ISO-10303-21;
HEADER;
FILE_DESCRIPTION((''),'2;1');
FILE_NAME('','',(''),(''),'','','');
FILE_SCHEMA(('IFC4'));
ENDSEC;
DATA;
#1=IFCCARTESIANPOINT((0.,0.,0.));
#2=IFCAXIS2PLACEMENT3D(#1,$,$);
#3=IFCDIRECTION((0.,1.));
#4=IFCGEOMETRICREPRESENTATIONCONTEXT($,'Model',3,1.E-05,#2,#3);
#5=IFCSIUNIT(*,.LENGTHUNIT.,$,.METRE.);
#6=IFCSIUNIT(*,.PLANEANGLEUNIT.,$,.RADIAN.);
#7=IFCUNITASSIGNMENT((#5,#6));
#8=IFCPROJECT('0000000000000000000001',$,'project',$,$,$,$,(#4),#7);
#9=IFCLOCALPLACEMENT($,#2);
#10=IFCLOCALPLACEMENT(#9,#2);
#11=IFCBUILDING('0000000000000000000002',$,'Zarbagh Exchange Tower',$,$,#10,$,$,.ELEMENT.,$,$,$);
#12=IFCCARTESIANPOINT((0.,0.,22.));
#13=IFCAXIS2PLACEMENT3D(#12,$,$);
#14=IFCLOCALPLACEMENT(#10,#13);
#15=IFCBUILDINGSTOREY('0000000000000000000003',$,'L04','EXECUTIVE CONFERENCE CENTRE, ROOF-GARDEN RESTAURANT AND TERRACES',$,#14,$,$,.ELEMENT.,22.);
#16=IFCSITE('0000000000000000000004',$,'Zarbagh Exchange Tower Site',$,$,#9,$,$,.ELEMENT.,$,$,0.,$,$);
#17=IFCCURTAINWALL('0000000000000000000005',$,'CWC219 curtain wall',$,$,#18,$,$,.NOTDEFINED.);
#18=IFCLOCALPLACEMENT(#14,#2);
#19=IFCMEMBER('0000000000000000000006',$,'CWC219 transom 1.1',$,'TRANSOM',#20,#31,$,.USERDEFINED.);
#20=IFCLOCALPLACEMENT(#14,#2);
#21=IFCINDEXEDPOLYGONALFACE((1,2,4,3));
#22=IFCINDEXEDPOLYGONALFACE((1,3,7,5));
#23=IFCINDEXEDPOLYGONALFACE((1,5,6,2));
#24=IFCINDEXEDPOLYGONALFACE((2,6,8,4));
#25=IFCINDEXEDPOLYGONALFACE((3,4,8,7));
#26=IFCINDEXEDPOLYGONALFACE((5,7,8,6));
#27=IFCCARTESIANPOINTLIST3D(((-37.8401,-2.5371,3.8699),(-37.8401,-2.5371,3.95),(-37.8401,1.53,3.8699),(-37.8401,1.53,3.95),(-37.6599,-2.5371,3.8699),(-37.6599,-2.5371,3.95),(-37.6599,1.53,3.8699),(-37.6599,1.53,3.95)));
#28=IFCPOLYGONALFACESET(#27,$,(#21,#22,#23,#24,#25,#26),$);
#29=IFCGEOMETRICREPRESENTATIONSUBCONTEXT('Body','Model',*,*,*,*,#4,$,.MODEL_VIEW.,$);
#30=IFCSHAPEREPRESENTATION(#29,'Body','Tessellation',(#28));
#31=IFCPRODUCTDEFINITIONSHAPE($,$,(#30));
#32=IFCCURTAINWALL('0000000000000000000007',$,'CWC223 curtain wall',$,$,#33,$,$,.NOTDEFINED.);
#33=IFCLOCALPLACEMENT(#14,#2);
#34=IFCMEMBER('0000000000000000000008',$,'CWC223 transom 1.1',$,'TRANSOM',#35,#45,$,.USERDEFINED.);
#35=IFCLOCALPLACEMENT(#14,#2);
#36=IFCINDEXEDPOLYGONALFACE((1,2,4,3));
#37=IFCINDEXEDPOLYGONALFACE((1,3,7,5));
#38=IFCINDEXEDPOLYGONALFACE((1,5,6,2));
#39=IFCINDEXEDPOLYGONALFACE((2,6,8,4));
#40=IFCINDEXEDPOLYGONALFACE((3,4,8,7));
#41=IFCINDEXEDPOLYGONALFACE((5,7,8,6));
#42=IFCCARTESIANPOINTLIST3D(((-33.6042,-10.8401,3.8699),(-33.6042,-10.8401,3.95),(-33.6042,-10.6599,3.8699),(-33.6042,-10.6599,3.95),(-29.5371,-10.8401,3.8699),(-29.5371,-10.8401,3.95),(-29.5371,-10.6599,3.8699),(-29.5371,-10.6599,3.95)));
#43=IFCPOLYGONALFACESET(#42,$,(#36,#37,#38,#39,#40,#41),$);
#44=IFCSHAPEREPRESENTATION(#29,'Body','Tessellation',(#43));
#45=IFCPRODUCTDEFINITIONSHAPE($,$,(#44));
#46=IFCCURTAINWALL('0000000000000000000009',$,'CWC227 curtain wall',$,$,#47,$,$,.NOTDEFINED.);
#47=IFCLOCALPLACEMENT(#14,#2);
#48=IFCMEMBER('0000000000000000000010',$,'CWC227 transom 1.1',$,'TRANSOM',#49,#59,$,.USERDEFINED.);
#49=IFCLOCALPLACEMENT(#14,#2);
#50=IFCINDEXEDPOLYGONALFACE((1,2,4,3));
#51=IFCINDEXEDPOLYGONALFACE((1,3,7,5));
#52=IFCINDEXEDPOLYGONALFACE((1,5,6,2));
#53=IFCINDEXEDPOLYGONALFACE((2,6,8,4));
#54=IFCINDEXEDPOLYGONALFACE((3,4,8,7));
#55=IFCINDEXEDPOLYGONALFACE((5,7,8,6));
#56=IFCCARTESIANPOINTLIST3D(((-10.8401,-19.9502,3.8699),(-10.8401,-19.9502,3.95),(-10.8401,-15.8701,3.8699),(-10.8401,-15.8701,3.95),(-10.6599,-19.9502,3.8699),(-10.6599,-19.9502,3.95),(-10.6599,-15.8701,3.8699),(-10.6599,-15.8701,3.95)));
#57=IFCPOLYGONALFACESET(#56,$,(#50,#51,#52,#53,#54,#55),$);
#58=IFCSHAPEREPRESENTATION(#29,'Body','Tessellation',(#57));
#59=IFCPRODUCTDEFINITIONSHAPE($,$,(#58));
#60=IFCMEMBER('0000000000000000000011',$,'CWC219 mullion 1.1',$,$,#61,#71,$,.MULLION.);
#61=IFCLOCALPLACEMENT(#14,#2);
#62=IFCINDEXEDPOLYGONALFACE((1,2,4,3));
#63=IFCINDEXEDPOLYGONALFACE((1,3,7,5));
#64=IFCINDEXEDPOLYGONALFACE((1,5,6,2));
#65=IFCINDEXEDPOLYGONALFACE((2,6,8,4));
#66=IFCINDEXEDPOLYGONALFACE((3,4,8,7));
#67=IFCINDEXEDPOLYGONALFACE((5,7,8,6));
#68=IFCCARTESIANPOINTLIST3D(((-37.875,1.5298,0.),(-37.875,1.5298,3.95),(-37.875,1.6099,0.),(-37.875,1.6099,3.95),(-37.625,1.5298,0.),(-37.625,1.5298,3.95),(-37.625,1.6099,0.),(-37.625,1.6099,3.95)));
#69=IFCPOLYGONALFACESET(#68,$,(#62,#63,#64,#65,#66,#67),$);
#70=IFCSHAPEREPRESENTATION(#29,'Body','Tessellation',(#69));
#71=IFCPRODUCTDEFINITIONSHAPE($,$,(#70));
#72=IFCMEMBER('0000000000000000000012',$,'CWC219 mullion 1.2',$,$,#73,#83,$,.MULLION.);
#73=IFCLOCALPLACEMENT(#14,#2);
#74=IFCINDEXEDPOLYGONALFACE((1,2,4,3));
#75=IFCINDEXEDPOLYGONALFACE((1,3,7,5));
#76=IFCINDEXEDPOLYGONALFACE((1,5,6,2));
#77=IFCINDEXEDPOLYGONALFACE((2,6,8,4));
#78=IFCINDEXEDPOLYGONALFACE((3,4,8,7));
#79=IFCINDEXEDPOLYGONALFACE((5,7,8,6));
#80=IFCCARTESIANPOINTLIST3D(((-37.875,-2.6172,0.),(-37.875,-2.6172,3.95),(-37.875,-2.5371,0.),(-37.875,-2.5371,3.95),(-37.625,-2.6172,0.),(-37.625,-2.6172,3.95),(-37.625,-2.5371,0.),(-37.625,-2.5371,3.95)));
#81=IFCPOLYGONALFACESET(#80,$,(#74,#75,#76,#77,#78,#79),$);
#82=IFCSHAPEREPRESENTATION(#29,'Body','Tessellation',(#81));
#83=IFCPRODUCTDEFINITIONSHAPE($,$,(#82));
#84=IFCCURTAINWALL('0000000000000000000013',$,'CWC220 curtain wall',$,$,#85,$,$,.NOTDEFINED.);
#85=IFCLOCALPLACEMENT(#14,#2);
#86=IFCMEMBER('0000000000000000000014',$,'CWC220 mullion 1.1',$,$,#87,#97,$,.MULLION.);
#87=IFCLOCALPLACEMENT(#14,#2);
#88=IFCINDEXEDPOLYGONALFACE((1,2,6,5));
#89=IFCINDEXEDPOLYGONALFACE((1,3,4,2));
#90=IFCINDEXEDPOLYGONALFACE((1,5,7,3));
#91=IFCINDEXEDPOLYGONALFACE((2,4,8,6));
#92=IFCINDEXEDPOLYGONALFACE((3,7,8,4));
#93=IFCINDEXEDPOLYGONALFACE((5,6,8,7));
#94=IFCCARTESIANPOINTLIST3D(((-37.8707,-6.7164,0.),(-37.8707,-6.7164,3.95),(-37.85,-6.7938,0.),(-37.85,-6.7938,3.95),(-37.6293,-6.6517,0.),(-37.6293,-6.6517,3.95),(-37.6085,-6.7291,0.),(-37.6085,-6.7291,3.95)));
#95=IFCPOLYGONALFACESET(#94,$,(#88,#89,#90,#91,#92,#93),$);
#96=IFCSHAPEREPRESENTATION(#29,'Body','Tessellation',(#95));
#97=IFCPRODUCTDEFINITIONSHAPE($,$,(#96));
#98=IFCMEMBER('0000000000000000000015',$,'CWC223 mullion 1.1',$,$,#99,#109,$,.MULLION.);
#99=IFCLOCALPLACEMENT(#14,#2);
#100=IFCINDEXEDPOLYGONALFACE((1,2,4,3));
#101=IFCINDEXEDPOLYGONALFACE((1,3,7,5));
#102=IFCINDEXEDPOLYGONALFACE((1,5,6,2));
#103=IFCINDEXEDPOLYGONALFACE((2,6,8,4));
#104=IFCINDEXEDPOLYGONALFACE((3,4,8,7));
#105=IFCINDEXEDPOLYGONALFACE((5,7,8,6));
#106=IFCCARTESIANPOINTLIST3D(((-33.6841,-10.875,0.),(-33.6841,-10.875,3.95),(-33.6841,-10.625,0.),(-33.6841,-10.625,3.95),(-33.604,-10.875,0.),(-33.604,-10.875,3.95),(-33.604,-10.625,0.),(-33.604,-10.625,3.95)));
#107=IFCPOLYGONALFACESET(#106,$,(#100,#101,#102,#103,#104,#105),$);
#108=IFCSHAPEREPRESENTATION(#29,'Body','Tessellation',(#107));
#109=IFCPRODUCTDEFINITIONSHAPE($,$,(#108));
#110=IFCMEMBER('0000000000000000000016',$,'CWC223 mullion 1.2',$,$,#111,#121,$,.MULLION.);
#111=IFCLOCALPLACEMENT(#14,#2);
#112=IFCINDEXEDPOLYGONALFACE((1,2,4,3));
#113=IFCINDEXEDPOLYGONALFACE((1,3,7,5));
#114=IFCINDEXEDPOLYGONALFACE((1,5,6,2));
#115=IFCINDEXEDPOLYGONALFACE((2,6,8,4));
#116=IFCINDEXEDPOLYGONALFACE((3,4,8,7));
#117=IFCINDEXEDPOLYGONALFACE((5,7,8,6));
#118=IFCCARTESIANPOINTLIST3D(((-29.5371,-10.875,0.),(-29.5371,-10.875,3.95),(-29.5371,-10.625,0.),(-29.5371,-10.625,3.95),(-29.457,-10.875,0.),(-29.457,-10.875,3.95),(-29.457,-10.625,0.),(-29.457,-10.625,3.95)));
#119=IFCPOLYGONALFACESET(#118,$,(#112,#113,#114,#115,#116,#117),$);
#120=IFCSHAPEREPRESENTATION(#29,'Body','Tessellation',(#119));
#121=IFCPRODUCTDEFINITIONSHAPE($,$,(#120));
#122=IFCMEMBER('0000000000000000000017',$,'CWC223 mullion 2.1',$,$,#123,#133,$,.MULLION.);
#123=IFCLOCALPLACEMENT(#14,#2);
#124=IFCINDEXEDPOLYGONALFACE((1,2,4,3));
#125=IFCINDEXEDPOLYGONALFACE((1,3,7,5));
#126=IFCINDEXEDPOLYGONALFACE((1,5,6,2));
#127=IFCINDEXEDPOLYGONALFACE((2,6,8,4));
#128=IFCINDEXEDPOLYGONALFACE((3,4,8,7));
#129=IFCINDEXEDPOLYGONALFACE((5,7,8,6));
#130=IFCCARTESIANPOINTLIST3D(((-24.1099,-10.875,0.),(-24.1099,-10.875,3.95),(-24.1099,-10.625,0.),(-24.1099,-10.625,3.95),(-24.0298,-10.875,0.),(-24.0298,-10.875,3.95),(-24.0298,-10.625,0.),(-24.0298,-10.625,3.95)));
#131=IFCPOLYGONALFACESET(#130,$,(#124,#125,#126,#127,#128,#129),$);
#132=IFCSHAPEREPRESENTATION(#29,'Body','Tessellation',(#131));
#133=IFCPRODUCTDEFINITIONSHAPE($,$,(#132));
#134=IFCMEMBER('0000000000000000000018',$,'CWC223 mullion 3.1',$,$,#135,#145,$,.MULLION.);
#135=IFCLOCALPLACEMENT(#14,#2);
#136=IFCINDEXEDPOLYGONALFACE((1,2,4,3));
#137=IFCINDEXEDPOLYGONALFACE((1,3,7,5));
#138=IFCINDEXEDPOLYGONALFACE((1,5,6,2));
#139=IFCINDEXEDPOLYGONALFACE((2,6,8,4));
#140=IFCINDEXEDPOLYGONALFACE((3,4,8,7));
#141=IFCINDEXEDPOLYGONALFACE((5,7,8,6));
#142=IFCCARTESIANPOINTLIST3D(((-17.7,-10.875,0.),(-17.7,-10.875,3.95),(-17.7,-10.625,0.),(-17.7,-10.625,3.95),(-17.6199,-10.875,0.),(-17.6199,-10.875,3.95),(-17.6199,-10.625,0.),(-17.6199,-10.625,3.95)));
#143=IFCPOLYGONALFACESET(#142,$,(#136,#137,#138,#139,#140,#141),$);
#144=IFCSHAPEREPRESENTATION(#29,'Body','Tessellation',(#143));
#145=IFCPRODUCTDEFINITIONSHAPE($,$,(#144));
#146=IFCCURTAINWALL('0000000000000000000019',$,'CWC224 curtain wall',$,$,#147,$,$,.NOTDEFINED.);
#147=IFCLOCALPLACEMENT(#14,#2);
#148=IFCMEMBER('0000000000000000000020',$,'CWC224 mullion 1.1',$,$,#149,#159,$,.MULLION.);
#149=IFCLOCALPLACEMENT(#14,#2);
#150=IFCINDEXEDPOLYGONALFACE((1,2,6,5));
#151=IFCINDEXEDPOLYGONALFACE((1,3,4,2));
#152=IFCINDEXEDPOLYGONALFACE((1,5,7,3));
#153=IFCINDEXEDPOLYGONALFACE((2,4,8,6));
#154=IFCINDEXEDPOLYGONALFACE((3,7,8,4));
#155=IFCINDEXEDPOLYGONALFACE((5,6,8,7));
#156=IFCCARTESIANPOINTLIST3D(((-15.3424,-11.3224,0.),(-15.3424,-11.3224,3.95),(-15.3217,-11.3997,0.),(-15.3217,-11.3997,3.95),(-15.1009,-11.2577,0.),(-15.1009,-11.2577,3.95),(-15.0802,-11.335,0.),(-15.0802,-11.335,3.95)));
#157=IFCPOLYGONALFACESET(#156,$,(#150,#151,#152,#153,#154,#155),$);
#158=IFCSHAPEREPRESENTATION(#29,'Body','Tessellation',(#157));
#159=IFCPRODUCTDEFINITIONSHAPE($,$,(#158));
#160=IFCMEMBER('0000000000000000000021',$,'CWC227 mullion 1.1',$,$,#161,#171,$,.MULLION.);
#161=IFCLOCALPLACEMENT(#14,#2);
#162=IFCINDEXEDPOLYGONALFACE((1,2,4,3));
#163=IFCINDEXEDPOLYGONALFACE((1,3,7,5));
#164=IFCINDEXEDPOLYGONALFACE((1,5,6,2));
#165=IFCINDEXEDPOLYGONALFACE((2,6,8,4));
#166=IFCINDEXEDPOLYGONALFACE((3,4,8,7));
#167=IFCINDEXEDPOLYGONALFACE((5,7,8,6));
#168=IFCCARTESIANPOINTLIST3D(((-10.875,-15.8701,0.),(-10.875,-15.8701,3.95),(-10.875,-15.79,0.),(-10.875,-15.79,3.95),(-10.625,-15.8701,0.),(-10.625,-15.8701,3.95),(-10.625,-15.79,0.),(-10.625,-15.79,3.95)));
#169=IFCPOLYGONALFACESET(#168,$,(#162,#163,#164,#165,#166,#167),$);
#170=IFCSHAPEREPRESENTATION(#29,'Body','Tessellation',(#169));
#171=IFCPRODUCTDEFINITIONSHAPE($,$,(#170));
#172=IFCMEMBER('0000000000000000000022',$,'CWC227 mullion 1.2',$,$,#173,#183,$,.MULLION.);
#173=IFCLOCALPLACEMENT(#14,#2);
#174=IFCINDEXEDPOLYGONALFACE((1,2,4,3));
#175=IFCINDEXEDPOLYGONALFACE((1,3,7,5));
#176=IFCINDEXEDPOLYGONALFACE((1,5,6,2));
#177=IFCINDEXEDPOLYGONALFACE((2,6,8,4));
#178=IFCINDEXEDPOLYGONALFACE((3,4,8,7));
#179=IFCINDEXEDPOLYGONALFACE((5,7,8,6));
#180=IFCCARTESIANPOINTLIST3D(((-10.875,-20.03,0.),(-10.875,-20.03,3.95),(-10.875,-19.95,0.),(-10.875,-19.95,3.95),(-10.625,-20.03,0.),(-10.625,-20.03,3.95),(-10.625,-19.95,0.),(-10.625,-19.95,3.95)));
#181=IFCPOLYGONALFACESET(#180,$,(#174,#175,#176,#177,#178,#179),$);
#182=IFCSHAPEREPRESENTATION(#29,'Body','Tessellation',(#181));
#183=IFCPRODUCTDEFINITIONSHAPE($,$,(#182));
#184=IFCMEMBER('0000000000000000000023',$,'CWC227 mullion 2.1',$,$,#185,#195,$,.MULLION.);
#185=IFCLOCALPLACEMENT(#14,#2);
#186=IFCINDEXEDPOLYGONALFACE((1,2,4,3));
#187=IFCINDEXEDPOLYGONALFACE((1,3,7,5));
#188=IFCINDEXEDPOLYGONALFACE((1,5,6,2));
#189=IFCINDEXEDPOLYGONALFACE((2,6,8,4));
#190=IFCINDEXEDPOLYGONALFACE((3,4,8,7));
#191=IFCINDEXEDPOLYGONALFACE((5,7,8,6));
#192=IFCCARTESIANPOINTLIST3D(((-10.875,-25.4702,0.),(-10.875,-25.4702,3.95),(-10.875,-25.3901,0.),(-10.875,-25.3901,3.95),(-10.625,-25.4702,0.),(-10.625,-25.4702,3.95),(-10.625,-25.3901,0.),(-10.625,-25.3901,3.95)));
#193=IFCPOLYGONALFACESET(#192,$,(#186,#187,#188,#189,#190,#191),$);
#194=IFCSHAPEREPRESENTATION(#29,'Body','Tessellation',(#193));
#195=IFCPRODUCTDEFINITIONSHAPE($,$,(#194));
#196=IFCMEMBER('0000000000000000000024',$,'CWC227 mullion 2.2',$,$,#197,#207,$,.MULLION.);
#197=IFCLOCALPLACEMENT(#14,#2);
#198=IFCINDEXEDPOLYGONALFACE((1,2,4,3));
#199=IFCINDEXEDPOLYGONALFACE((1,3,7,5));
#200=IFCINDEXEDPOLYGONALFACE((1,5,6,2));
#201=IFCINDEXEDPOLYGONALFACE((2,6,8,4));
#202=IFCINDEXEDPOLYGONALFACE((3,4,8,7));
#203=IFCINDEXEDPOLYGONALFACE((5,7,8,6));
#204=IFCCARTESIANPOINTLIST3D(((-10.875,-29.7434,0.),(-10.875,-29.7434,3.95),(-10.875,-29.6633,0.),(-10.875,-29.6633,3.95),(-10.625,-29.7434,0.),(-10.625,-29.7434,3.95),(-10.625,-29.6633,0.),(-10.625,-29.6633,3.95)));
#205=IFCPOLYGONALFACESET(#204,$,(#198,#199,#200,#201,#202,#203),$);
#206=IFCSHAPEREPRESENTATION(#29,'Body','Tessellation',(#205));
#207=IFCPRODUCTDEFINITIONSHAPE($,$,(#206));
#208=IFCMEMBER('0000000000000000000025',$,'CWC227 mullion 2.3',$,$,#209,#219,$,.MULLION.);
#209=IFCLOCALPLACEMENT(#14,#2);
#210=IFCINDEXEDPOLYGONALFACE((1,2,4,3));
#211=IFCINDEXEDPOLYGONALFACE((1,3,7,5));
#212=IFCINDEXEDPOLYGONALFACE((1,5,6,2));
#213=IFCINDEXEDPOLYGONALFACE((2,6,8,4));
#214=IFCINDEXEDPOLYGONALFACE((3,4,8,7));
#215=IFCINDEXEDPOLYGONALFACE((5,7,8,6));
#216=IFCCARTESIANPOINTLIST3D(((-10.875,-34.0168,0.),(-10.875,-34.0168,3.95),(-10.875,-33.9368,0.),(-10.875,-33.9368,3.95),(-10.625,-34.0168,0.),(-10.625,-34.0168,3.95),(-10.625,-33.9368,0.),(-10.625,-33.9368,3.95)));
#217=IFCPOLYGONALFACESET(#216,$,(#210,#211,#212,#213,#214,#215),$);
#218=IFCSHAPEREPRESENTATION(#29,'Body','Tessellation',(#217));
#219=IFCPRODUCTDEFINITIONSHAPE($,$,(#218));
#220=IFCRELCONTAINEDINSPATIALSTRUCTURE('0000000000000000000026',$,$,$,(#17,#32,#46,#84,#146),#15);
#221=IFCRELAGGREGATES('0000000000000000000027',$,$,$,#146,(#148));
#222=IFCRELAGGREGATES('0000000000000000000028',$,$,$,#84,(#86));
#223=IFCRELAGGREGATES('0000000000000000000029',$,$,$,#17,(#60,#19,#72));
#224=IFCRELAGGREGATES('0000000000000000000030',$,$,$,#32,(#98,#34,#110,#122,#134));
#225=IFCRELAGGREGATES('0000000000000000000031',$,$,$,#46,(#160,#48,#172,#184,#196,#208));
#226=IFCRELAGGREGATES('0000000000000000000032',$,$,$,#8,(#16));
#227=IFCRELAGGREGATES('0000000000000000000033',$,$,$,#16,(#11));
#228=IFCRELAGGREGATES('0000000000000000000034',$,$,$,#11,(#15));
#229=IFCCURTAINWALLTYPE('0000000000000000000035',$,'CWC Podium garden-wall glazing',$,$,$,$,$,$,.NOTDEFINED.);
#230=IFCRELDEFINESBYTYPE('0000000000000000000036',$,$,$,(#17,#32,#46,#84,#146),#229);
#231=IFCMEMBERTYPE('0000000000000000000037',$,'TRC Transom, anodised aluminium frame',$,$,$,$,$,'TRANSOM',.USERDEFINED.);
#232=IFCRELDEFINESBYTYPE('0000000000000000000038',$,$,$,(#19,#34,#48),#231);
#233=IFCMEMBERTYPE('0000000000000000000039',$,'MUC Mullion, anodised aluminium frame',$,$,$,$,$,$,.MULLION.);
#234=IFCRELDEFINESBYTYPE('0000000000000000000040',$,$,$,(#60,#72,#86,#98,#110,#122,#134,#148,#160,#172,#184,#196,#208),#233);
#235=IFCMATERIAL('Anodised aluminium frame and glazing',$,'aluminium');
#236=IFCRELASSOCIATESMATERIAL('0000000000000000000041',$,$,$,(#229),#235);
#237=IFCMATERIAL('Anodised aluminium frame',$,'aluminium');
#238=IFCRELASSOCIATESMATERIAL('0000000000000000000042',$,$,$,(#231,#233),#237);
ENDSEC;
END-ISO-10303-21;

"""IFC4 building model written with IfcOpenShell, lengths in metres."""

from ifc_helpers import new_model, si_unit, direction, frame, origin, place, context, subcontext, project, spatial, polyline, outline, extrude, source, transform, mapped, material, type_object, element, aggregate, save


model = new_model("IFC4")

# Units and contexts
model_context = context("Model", 3, precision=1e-05, world=origin(), true_north=direction((0.0, 1.0)))
body_context = subcontext(model_context, "Body", "Model", "MODEL_VIEW")
ifc_project = project(units=[si_unit("LENGTHUNIT", "METRE"), si_unit("PLANEANGLEUNIT", "RADIAN")], contexts=[model_context])

# Site, building, storey
site_placement = place(None, origin())
site = spatial("IfcSite", under=ifc_project, at=site_placement, Name="Zarbagh Exchange Tower Site", CompositionType="ELEMENT", RefElevation=0.0)
building_placement = place(site_placement, origin())
building = spatial("IfcBuilding", under=site, at=building_placement, Name="Zarbagh Exchange Tower", CompositionType="ELEMENT")
storey_placement = place(building_placement, frame((0.0, 0.0, 22.0)))
storey = spatial("IfcBuildingStorey", under=building, at=storey_placement, Name="L04", Description="EXECUTIVE CONFERENCE CENTRE, ROOF-GARDEN RESTAURANT AND TERRACES", CompositionType="ELEMENT", Elevation=22.0)

# Curtain walls, members
ifc_material_1 = material(Name="Anodised aluminium frame and glazing", Category="aluminium")
curtain_wall_type = type_object("IfcCurtainWallType", Name="CWC Podium garden-wall glazing", PredefinedType="NOTDEFINED", material=ifc_material_1)
curtain_wall_1_placement = place(storey_placement, origin())
curtain_wall_1 = element("IfcCurtainWall", 1, at=curtain_wall_1_placement, inside=storey, type_object=curtain_wall_type, Name="CWC219 curtain wall", PredefinedType="NOTDEFINED")
ifc_material_2 = material(Name="Anodised aluminium frame", Category="aluminium")
member_type_1 = type_object("IfcMemberType", Name="TRC Transom, anodised aluminium frame", ElementType="TRANSOM", PredefinedType="USERDEFINED", material=ifc_material_2)
shared_shape_1 = source(origin(), body_context, "Body", "SweptSolid", [
    extrude(outline(polyline([(-0.0801, -0.0901), (0.0, -0.0901), (0.0, 0.0901), (-0.0801, 0.0901), (-0.0801, -0.0901)])), origin(), (0.0, 0.0, 1.0), 4.0671),
])
placement = place(storey_placement, origin())
member_1 = element("IfcMember", 2, at=placement, type_object=member_type_1, Name="CWC219 transom 1.1", ObjectType="TRANSOM", PredefinedType="USERDEFINED", context=body_context, shape_type="MappedRepresentation", body=[
    mapped(shared_shape_1, transform((-37.75, 1.53, 3.95), x_axis=(0.0, 0.0, 1.0), y_axis=(-1.0, 0.0, 0.0), z_axis=(0.0, -1.0, 0.0))),
])
curtain_wall_2_placement = place(storey_placement, origin())
curtain_wall_2 = element("IfcCurtainWall", 3, at=curtain_wall_2_placement, inside=storey, type_object=curtain_wall_type, Name="CWC223 curtain wall", PredefinedType="NOTDEFINED")
member_2 = element("IfcMember", 4, at=placement, type_object=member_type_1, Name="CWC223 transom 1.1", ObjectType="TRANSOM", PredefinedType="USERDEFINED", context=body_context, shape_type="MappedRepresentation", body=[
    mapped(shared_shape_1, transform((-33.6042, -10.75, 3.95), x_axis=(0.0, 0.0, 1.0), y_axis=(0.0, -1.0, 0.0), z_axis=(1.0, 0.0, 0.0))),
])
curtain_wall_3_placement = place(storey_placement, origin())
curtain_wall_3 = element("IfcCurtainWall", 5, at=curtain_wall_3_placement, inside=storey, type_object=curtain_wall_type, Name="CWC227 curtain wall", PredefinedType="NOTDEFINED")
shared_shape_2 = source(origin(), body_context, "Body", "SweptSolid", [
    extrude(outline(polyline([(-0.0801, -0.0901), (0.0, -0.0901), (0.0, 0.0901), (-0.0801, 0.0901), (-0.0801, -0.0901)])), origin(), (0.0, 0.0, 1.0), 4.0801),
])
member_3 = element("IfcMember", 6, at=placement, type_object=member_type_1, Name="CWC227 transom 1.1", ObjectType="TRANSOM", PredefinedType="USERDEFINED", context=body_context, shape_type="MappedRepresentation", body=[
    mapped(shared_shape_2, transform((-10.75, -15.8701, 3.95), x_axis=(0.0, 0.0, 1.0), y_axis=(-1.0, 0.0, 0.0), z_axis=(0.0, -1.0, 0.0))),
])

# Members
member_type_2 = type_object("IfcMemberType", Name="MUC Mullion, anodised aluminium frame", PredefinedType="MULLION", material=ifc_material_2)
shared_shape_3 = source(origin(), body_context, "Body", "SweptSolid", [
    extrude(outline(polyline([(0.0, -0.125), (0.0801, -0.125), (0.0801, 0.125), (0.0, 0.125), (0.0, -0.125)])), origin(), (0.0, 0.0, 1.0), 3.95),
])
member_4 = element("IfcMember", 7, at=placement, type_object=member_type_2, Name="CWC219 mullion 1.1", PredefinedType="MULLION", context=body_context, shape_type="MappedRepresentation", body=[
    mapped(shared_shape_3, transform((-37.75, 1.6099, 0.0), x_axis=(0.0, -1.0, 0.0), y_axis=(1.0, 0.0, 0.0), z_axis=(0.0, 0.0, 1.0))),
])
member_5 = element("IfcMember", 8, at=placement, type_object=member_type_2, Name="CWC219 mullion 1.2", PredefinedType="MULLION", context=body_context, shape_type="MappedRepresentation", body=[
    mapped(shared_shape_3, transform((-37.75, -2.5371, 0.0), x_axis=(0.0, -1.0, 0.0), y_axis=(1.0, 0.0, 0.0), z_axis=(0.0, 0.0, 1.0))),
])

# Curtain wall, member
curtain_wall_4_placement = place(storey_placement, origin())
curtain_wall_4 = element("IfcCurtainWall", 9, at=curtain_wall_4_placement, inside=storey, type_object=curtain_wall_type, Name="CWC220 curtain wall", PredefinedType="NOTDEFINED")
member_6 = element("IfcMember", 10, at=placement, type_object=member_type_2, Name="CWC220 mullion 1.1", PredefinedType="MULLION", context=body_context, shape_type="MappedRepresentation", body=[
    mapped(shared_shape_3, transform((-37.75, -6.6841, 0.0), x_axis=(0.258825, -0.965924, 0.0), y_axis=(0.965924, 0.258825, 0.0), z_axis=(0.0, 0.0, 1.0))),
])

# Members
member_7 = element("IfcMember", 11, at=placement, type_object=member_type_2, Name="CWC223 mullion 1.1", PredefinedType="MULLION", context=body_context, shape_type="MappedRepresentation", body=[
    mapped(shared_shape_3, transform((-33.6841, -10.75, 0.0), x_axis=(1.0, 0.0, 0.0), y_axis=(0.0, 1.0, 0.0), z_axis=(0.0, 0.0, 1.0))),
])
member_8 = element("IfcMember", 12, at=placement, type_object=member_type_2, Name="CWC223 mullion 1.2", PredefinedType="MULLION", context=body_context, shape_type="MappedRepresentation", body=[
    mapped(shared_shape_3, transform((-29.5371, -10.75, 0.0), x_axis=(1.0, 0.0, 0.0), y_axis=(0.0, 1.0, 0.0), z_axis=(0.0, 0.0, 1.0))),
])
member_9 = element("IfcMember", 13, at=placement, type_object=member_type_2, Name="CWC223 mullion 2.1", PredefinedType="MULLION", context=body_context, shape_type="MappedRepresentation", body=[
    mapped(shared_shape_3, transform((-24.1099, -10.75, 0.0), x_axis=(1.0, 0.0, 0.0), y_axis=(0.0, 1.0, 0.0), z_axis=(0.0, 0.0, 1.0))),
])
member_10 = element("IfcMember", 14, at=placement, type_object=member_type_2, Name="CWC223 mullion 3.1", PredefinedType="MULLION", context=body_context, shape_type="MappedRepresentation", body=[
    mapped(shared_shape_3, transform((-17.7, -10.75, 0.0), x_axis=(1.0, 0.0, 0.0), y_axis=(0.0, 1.0, 0.0), z_axis=(0.0, 0.0, 1.0))),
])

# Curtain wall, member
curtain_wall_5_placement = place(storey_placement, origin())
curtain_wall_5 = element("IfcCurtainWall", 15, at=curtain_wall_5_placement, inside=storey, type_object=curtain_wall_type, Name="CWC224 curtain wall", PredefinedType="NOTDEFINED")
member_11 = element("IfcMember", 16, at=placement, type_object=member_type_2, Name="CWC224 mullion 1.1", PredefinedType="MULLION", context=body_context, shape_type="MappedRepresentation", body=[
    mapped(shared_shape_3, transform((-15.2217, -11.29, 0.0), x_axis=(0.258825, -0.965924, 0.0), y_axis=(0.965924, 0.258825, 0.0), z_axis=(0.0, 0.0, 1.0))),
])

# Members
member_12 = element("IfcMember", 17, at=placement, type_object=member_type_2, Name="CWC227 mullion 1.1", PredefinedType="MULLION", context=body_context, shape_type="MappedRepresentation", body=[
    mapped(shared_shape_3, transform((-10.75, -15.79, 0.0), x_axis=(0.0, -1.0, 0.0), y_axis=(1.0, 0.0, 0.0), z_axis=(0.0, 0.0, 1.0))),
])
member_13 = element("IfcMember", 18, at=placement, type_object=member_type_2, Name="CWC227 mullion 1.2", PredefinedType="MULLION", context=body_context, shape_type="MappedRepresentation", body=[
    mapped(shared_shape_3, transform((-10.75, -19.95, 0.0), x_axis=(0.0, -1.0, 0.0), y_axis=(1.0, 0.0, 0.0), z_axis=(0.0, 0.0, 1.0))),
])
member_14 = element("IfcMember", 19, at=placement, type_object=member_type_2, Name="CWC227 mullion 2.1", PredefinedType="MULLION", context=body_context, shape_type="MappedRepresentation", body=[
    mapped(shared_shape_3, transform((-10.75, -25.3901, 0.0), x_axis=(0.0, -1.0, 0.0), y_axis=(1.0, 0.0, 0.0), z_axis=(0.0, 0.0, 1.0))),
])
member_15 = element("IfcMember", 20, at=placement, type_object=member_type_2, Name="CWC227 mullion 2.2", PredefinedType="MULLION", context=body_context, shape_type="MappedRepresentation", body=[
    mapped(shared_shape_3, transform((-10.75, -29.6633, 0.0), x_axis=(0.0, -1.0, 0.0), y_axis=(1.0, 0.0, 0.0), z_axis=(0.0, 0.0, 1.0))),
])
member_16 = element("IfcMember", 21, at=placement, type_object=member_type_2, Name="CWC227 mullion 2.3", PredefinedType="MULLION", context=body_context, shape_type="MappedRepresentation", body=[
    mapped(shared_shape_3, transform((-10.75, -33.9368, 0.0), x_axis=(0.0, -1.0, 0.0), y_axis=(1.0, 0.0, 0.0), z_axis=(0.0, 0.0, 1.0))),
])

aggregate(curtain_wall_5, [member_11])

aggregate(curtain_wall_4, [member_6])

aggregate(curtain_wall_1, [member_4, member_1, member_5])
aggregate(curtain_wall_2, [member_7, member_2, member_8, member_9, member_10])
aggregate(curtain_wall_3, [member_12, member_3, member_13, member_14, member_15, member_16])

save(model, "model.ifc")
